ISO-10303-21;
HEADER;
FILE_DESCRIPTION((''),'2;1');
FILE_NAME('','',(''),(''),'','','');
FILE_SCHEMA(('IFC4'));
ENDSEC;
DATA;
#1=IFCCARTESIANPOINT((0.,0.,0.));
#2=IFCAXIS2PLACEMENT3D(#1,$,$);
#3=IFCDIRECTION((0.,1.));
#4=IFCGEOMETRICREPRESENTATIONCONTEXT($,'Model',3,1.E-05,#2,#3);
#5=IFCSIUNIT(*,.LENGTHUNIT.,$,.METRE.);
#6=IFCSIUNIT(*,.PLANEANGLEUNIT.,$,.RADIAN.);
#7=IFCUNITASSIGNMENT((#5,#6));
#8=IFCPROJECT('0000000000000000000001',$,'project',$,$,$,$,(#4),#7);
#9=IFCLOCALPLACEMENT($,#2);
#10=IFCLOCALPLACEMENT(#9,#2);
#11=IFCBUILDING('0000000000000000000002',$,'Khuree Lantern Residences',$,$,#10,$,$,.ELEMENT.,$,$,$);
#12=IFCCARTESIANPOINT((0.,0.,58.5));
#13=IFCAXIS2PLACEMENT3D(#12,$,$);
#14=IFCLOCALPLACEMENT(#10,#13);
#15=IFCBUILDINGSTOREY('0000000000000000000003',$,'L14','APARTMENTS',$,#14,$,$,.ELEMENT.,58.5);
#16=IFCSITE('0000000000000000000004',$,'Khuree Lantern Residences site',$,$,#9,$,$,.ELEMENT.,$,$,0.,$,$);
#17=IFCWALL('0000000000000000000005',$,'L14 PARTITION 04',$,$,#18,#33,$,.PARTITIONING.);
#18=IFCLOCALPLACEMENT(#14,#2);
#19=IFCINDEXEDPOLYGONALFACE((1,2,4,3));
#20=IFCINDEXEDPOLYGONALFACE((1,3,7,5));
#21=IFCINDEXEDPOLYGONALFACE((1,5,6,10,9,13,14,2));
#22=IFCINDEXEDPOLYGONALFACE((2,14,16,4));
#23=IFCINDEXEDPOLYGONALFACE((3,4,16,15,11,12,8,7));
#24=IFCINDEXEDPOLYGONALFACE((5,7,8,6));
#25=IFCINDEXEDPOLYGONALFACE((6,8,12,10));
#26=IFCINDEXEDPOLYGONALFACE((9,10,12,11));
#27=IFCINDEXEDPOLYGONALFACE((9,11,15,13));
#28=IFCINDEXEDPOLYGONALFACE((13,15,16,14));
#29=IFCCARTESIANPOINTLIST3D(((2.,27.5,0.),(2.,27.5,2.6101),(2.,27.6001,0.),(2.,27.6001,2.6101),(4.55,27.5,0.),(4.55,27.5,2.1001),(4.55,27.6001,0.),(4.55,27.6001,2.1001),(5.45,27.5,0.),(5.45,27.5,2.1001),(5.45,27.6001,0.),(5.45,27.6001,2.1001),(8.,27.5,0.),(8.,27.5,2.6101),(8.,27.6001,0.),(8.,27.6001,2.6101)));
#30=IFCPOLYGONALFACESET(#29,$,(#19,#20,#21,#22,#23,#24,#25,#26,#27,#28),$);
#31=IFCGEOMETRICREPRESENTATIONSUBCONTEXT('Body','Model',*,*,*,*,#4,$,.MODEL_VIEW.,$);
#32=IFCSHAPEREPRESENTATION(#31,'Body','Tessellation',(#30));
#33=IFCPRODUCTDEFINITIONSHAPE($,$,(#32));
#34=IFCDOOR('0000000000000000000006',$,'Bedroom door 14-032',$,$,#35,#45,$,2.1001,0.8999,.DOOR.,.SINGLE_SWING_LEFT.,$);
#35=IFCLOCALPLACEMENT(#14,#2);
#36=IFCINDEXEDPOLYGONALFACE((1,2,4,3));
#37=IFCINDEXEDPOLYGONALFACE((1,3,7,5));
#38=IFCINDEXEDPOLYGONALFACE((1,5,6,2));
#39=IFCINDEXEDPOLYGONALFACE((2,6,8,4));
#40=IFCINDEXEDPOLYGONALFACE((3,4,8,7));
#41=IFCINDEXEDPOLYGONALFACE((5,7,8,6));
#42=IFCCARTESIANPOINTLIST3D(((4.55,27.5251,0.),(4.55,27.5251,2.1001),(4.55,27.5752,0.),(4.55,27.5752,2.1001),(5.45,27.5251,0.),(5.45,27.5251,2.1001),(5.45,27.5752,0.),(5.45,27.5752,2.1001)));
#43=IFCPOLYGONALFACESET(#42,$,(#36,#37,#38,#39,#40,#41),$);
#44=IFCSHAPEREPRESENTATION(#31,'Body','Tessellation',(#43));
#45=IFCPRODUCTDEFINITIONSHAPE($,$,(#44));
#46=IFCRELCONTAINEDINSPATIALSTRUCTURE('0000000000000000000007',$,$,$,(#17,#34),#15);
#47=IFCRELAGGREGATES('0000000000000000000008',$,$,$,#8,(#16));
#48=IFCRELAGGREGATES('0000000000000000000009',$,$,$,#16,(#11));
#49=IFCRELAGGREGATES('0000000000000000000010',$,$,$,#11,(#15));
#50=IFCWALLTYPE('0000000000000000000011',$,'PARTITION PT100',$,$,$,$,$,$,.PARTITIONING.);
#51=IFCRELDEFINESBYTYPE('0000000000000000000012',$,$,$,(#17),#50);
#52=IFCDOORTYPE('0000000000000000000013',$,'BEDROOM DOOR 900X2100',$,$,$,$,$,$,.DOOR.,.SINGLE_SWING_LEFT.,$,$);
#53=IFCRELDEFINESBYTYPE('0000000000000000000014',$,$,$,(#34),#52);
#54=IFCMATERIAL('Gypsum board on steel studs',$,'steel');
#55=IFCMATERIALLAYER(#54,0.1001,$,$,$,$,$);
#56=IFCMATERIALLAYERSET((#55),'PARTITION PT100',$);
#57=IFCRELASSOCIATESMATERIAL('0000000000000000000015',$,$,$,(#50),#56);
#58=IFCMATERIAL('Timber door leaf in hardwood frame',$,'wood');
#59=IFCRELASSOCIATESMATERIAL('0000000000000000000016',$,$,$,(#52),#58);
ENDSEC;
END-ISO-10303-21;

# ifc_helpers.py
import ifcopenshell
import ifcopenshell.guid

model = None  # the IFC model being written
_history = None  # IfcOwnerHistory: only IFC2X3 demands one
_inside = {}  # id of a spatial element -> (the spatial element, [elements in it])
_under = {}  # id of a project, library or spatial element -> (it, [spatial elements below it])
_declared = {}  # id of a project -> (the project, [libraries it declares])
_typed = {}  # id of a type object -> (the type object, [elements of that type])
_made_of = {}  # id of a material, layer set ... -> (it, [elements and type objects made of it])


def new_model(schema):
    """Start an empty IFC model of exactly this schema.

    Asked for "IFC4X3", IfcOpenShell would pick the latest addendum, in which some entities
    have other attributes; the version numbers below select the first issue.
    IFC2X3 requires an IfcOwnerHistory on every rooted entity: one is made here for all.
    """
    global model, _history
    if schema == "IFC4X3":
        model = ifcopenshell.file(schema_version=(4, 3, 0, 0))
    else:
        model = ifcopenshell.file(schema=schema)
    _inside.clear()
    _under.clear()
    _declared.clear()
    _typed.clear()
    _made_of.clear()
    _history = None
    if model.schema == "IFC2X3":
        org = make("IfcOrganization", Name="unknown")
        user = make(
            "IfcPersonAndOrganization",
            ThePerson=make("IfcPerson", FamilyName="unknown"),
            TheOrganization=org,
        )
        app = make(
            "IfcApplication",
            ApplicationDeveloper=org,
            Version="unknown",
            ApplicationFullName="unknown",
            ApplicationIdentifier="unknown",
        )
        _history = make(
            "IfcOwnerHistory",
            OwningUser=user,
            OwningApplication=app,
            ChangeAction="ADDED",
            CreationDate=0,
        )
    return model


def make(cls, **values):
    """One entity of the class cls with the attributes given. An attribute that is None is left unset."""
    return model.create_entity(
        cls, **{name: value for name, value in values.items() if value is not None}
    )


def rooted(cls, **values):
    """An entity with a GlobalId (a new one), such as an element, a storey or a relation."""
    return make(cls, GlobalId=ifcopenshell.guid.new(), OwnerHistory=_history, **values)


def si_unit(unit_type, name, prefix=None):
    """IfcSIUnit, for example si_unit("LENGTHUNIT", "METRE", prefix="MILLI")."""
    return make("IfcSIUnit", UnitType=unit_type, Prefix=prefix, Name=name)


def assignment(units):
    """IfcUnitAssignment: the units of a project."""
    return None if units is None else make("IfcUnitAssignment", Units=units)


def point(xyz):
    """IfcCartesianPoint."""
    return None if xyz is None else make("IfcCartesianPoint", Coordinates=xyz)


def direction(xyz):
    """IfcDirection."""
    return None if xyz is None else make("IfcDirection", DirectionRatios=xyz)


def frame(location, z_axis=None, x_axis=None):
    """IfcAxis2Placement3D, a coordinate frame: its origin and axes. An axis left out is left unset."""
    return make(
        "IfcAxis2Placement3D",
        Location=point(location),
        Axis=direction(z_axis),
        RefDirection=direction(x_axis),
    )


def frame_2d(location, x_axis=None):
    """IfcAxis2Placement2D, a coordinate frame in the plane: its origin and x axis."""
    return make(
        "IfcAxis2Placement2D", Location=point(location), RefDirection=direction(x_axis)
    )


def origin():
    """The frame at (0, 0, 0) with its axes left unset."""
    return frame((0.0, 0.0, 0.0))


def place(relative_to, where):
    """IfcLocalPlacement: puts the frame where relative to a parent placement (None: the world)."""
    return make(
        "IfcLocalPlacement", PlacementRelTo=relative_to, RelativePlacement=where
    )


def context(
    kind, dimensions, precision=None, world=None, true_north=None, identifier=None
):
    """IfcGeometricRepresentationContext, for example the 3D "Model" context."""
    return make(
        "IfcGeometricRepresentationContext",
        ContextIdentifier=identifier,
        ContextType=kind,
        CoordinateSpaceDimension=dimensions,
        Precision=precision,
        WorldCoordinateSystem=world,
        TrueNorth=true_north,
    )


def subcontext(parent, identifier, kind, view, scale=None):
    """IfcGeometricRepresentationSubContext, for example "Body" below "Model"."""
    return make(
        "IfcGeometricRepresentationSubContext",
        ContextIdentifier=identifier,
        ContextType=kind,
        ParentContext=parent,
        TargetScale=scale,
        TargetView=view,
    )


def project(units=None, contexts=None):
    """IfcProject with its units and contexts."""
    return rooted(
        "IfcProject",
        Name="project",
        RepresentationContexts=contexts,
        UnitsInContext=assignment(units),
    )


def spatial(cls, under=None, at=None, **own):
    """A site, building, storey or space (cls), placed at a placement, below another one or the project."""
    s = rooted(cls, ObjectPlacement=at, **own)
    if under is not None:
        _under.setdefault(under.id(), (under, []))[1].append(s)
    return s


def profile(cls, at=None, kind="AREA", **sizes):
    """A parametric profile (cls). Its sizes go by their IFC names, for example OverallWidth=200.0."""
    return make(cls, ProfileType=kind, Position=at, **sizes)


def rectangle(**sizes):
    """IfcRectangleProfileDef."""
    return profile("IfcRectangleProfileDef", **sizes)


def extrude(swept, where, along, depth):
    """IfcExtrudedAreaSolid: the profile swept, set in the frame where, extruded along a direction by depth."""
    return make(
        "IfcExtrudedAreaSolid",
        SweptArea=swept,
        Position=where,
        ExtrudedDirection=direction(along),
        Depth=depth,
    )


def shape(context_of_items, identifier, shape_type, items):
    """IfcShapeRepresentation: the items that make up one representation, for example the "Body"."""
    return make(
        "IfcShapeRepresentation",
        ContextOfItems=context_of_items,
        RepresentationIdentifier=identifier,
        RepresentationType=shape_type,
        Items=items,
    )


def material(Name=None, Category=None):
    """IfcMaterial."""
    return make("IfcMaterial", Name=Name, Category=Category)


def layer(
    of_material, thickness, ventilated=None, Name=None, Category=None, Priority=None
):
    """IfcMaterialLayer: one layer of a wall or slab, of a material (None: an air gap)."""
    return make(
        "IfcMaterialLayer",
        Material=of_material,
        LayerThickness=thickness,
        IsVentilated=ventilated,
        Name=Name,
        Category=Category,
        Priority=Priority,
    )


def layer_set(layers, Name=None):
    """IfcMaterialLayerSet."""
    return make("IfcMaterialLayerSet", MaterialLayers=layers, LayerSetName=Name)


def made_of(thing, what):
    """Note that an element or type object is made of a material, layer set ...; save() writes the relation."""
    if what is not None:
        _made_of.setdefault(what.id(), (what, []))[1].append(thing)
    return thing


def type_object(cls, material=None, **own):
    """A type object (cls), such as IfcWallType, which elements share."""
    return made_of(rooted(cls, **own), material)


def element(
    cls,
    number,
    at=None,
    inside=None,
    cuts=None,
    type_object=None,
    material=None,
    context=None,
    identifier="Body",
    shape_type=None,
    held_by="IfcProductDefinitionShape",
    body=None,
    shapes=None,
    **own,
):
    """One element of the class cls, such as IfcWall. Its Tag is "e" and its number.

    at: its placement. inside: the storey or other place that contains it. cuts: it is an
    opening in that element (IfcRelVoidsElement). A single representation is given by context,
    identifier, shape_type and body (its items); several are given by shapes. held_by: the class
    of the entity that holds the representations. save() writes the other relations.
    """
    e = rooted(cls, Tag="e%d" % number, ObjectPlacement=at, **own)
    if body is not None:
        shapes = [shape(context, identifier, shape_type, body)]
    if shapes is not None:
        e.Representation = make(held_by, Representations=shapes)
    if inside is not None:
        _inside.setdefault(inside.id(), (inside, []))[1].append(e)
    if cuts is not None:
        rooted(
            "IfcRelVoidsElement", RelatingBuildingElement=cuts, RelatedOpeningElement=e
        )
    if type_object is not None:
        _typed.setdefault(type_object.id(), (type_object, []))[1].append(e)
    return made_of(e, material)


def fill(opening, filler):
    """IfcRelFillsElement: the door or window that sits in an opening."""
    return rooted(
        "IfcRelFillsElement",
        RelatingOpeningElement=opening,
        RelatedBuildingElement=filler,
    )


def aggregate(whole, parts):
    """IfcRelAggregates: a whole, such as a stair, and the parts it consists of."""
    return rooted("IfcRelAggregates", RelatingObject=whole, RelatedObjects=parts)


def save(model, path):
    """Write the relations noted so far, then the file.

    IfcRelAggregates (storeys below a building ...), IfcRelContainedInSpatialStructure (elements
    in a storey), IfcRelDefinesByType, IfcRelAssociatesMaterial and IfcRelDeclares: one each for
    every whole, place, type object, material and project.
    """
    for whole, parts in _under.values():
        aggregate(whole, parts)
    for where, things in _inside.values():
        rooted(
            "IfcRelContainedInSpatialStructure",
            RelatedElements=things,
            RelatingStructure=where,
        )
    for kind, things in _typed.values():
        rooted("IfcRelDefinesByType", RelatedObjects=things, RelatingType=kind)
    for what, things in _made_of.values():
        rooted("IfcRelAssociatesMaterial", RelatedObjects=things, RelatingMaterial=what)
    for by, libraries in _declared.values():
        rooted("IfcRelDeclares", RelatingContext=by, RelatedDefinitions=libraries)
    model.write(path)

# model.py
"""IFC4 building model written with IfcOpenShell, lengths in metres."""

from ifc_helpers import new_model, si_unit, direction, frame, frame_2d, origin, place, context, subcontext, project, spatial, rectangle, extrude, material, layer, layer_set, type_object, element, fill, save


model = new_model("IFC4")

# Units and contexts
model_context = context("Model", 3, precision=1e-05, world=origin(), true_north=direction((0.0, 1.0)))
body_context = subcontext(model_context, "Body", "Model", "MODEL_VIEW")
ifc_project = project(units=[si_unit("LENGTHUNIT", "METRE"), si_unit("PLANEANGLEUNIT", "RADIAN")], contexts=[model_context])

# Site, building, storey
site_placement = place(None, origin())
site = spatial("IfcSite", under=ifc_project, at=site_placement, Name="Khuree Lantern Residences site", CompositionType="ELEMENT", RefElevation=0.0)
building_placement = place(site_placement, origin())
building = spatial("IfcBuilding", under=site, at=building_placement, Name="Khuree Lantern Residences", CompositionType="ELEMENT")
storey_placement = place(building_placement, frame((0.0, 0.0, 58.5)))
storey = spatial("IfcBuildingStorey", under=building, at=storey_placement, Name="L14", Description="APARTMENTS", CompositionType="ELEMENT", Elevation=58.5)

# Shared definitions
ifc_material_1 = material(Name="Timber door leaf in hardwood frame", Category="wood")

# Shared definitions
ifc_material_2 = material(Name="Gypsum board on steel studs", Category="steel")
ifc_layer_1 = layer(ifc_material_2, 0.1001)
ifc_layer_set_1 = layer_set([ifc_layer_1], Name="PARTITION PT100")
wall_type_1 = type_object("IfcWallType", Name="PARTITION PT100", PredefinedType="PARTITIONING", material=ifc_layer_set_1)

# Shared definitions
door_type_1 = type_object("IfcDoorType", Name="BEDROOM DOOR 900X2100", OperationType="SINGLE_SWING_LEFT", PredefinedType="DOOR", material=ifc_material_1)

# Wall, opening, door
wall_1_placement = place(storey_placement, frame((8.0, 27.55, 0.0), z_axis=(0.0, 0.0, 1.0), x_axis=(-1.0, 0.0, 0.0)))
wall_1 = element("IfcWall", 1, at=wall_1_placement, inside=storey, type_object=wall_type_1, Name="L14 PARTITION 04", PredefinedType="PARTITIONING", context=body_context, shape_type="SweptSolid", body=[
    extrude(rectangle(XDim=6.0, YDim=0.1001, at=frame_2d((3.0, 0.0))), origin(), (0.0, 0.0, 1.0), 2.6101),
])
opening_1_placement = place(wall_1_placement, frame((2.55, 0.0, 0.0)))
opening_1 = element("IfcOpeningElement", 2, at=opening_1_placement, cuts=wall_1, PredefinedType="OPENING", context=body_context, shape_type="SweptSolid", body=[
    extrude(rectangle(XDim=0.8999, YDim=2.1001, at=frame_2d((0.45, 1.05))), frame((0.0, 0.0601, 0.0), z_axis=(0.0, -1.0, 0.0), x_axis=(1.0, 0.0, 0.0)), (0.0, 0.0, 1.0), 0.1201),
])
door_1_placement = place(opening_1_placement, origin())
door_1 = element("IfcDoor", 3, at=door_1_placement, inside=storey, type_object=door_type_1, Name="Bedroom door 14-032", OperationType="SINGLE_SWING_LEFT", OverallHeight=2.1001, OverallWidth=0.8999, PredefinedType="DOOR", context=body_context, shape_type="SweptSolid", body=[
    extrude(rectangle(XDim=0.8999, YDim=2.1001, at=frame_2d((0.45, 1.05))), frame((0.0, 0.0249, 0.0), z_axis=(0.0, -1.0, 0.0), x_axis=(1.0, 0.0, 0.0)), (0.0, 0.0, 1.0), 0.05),
])
fill(opening_1, door_1)

save(model, "model.ifc")
